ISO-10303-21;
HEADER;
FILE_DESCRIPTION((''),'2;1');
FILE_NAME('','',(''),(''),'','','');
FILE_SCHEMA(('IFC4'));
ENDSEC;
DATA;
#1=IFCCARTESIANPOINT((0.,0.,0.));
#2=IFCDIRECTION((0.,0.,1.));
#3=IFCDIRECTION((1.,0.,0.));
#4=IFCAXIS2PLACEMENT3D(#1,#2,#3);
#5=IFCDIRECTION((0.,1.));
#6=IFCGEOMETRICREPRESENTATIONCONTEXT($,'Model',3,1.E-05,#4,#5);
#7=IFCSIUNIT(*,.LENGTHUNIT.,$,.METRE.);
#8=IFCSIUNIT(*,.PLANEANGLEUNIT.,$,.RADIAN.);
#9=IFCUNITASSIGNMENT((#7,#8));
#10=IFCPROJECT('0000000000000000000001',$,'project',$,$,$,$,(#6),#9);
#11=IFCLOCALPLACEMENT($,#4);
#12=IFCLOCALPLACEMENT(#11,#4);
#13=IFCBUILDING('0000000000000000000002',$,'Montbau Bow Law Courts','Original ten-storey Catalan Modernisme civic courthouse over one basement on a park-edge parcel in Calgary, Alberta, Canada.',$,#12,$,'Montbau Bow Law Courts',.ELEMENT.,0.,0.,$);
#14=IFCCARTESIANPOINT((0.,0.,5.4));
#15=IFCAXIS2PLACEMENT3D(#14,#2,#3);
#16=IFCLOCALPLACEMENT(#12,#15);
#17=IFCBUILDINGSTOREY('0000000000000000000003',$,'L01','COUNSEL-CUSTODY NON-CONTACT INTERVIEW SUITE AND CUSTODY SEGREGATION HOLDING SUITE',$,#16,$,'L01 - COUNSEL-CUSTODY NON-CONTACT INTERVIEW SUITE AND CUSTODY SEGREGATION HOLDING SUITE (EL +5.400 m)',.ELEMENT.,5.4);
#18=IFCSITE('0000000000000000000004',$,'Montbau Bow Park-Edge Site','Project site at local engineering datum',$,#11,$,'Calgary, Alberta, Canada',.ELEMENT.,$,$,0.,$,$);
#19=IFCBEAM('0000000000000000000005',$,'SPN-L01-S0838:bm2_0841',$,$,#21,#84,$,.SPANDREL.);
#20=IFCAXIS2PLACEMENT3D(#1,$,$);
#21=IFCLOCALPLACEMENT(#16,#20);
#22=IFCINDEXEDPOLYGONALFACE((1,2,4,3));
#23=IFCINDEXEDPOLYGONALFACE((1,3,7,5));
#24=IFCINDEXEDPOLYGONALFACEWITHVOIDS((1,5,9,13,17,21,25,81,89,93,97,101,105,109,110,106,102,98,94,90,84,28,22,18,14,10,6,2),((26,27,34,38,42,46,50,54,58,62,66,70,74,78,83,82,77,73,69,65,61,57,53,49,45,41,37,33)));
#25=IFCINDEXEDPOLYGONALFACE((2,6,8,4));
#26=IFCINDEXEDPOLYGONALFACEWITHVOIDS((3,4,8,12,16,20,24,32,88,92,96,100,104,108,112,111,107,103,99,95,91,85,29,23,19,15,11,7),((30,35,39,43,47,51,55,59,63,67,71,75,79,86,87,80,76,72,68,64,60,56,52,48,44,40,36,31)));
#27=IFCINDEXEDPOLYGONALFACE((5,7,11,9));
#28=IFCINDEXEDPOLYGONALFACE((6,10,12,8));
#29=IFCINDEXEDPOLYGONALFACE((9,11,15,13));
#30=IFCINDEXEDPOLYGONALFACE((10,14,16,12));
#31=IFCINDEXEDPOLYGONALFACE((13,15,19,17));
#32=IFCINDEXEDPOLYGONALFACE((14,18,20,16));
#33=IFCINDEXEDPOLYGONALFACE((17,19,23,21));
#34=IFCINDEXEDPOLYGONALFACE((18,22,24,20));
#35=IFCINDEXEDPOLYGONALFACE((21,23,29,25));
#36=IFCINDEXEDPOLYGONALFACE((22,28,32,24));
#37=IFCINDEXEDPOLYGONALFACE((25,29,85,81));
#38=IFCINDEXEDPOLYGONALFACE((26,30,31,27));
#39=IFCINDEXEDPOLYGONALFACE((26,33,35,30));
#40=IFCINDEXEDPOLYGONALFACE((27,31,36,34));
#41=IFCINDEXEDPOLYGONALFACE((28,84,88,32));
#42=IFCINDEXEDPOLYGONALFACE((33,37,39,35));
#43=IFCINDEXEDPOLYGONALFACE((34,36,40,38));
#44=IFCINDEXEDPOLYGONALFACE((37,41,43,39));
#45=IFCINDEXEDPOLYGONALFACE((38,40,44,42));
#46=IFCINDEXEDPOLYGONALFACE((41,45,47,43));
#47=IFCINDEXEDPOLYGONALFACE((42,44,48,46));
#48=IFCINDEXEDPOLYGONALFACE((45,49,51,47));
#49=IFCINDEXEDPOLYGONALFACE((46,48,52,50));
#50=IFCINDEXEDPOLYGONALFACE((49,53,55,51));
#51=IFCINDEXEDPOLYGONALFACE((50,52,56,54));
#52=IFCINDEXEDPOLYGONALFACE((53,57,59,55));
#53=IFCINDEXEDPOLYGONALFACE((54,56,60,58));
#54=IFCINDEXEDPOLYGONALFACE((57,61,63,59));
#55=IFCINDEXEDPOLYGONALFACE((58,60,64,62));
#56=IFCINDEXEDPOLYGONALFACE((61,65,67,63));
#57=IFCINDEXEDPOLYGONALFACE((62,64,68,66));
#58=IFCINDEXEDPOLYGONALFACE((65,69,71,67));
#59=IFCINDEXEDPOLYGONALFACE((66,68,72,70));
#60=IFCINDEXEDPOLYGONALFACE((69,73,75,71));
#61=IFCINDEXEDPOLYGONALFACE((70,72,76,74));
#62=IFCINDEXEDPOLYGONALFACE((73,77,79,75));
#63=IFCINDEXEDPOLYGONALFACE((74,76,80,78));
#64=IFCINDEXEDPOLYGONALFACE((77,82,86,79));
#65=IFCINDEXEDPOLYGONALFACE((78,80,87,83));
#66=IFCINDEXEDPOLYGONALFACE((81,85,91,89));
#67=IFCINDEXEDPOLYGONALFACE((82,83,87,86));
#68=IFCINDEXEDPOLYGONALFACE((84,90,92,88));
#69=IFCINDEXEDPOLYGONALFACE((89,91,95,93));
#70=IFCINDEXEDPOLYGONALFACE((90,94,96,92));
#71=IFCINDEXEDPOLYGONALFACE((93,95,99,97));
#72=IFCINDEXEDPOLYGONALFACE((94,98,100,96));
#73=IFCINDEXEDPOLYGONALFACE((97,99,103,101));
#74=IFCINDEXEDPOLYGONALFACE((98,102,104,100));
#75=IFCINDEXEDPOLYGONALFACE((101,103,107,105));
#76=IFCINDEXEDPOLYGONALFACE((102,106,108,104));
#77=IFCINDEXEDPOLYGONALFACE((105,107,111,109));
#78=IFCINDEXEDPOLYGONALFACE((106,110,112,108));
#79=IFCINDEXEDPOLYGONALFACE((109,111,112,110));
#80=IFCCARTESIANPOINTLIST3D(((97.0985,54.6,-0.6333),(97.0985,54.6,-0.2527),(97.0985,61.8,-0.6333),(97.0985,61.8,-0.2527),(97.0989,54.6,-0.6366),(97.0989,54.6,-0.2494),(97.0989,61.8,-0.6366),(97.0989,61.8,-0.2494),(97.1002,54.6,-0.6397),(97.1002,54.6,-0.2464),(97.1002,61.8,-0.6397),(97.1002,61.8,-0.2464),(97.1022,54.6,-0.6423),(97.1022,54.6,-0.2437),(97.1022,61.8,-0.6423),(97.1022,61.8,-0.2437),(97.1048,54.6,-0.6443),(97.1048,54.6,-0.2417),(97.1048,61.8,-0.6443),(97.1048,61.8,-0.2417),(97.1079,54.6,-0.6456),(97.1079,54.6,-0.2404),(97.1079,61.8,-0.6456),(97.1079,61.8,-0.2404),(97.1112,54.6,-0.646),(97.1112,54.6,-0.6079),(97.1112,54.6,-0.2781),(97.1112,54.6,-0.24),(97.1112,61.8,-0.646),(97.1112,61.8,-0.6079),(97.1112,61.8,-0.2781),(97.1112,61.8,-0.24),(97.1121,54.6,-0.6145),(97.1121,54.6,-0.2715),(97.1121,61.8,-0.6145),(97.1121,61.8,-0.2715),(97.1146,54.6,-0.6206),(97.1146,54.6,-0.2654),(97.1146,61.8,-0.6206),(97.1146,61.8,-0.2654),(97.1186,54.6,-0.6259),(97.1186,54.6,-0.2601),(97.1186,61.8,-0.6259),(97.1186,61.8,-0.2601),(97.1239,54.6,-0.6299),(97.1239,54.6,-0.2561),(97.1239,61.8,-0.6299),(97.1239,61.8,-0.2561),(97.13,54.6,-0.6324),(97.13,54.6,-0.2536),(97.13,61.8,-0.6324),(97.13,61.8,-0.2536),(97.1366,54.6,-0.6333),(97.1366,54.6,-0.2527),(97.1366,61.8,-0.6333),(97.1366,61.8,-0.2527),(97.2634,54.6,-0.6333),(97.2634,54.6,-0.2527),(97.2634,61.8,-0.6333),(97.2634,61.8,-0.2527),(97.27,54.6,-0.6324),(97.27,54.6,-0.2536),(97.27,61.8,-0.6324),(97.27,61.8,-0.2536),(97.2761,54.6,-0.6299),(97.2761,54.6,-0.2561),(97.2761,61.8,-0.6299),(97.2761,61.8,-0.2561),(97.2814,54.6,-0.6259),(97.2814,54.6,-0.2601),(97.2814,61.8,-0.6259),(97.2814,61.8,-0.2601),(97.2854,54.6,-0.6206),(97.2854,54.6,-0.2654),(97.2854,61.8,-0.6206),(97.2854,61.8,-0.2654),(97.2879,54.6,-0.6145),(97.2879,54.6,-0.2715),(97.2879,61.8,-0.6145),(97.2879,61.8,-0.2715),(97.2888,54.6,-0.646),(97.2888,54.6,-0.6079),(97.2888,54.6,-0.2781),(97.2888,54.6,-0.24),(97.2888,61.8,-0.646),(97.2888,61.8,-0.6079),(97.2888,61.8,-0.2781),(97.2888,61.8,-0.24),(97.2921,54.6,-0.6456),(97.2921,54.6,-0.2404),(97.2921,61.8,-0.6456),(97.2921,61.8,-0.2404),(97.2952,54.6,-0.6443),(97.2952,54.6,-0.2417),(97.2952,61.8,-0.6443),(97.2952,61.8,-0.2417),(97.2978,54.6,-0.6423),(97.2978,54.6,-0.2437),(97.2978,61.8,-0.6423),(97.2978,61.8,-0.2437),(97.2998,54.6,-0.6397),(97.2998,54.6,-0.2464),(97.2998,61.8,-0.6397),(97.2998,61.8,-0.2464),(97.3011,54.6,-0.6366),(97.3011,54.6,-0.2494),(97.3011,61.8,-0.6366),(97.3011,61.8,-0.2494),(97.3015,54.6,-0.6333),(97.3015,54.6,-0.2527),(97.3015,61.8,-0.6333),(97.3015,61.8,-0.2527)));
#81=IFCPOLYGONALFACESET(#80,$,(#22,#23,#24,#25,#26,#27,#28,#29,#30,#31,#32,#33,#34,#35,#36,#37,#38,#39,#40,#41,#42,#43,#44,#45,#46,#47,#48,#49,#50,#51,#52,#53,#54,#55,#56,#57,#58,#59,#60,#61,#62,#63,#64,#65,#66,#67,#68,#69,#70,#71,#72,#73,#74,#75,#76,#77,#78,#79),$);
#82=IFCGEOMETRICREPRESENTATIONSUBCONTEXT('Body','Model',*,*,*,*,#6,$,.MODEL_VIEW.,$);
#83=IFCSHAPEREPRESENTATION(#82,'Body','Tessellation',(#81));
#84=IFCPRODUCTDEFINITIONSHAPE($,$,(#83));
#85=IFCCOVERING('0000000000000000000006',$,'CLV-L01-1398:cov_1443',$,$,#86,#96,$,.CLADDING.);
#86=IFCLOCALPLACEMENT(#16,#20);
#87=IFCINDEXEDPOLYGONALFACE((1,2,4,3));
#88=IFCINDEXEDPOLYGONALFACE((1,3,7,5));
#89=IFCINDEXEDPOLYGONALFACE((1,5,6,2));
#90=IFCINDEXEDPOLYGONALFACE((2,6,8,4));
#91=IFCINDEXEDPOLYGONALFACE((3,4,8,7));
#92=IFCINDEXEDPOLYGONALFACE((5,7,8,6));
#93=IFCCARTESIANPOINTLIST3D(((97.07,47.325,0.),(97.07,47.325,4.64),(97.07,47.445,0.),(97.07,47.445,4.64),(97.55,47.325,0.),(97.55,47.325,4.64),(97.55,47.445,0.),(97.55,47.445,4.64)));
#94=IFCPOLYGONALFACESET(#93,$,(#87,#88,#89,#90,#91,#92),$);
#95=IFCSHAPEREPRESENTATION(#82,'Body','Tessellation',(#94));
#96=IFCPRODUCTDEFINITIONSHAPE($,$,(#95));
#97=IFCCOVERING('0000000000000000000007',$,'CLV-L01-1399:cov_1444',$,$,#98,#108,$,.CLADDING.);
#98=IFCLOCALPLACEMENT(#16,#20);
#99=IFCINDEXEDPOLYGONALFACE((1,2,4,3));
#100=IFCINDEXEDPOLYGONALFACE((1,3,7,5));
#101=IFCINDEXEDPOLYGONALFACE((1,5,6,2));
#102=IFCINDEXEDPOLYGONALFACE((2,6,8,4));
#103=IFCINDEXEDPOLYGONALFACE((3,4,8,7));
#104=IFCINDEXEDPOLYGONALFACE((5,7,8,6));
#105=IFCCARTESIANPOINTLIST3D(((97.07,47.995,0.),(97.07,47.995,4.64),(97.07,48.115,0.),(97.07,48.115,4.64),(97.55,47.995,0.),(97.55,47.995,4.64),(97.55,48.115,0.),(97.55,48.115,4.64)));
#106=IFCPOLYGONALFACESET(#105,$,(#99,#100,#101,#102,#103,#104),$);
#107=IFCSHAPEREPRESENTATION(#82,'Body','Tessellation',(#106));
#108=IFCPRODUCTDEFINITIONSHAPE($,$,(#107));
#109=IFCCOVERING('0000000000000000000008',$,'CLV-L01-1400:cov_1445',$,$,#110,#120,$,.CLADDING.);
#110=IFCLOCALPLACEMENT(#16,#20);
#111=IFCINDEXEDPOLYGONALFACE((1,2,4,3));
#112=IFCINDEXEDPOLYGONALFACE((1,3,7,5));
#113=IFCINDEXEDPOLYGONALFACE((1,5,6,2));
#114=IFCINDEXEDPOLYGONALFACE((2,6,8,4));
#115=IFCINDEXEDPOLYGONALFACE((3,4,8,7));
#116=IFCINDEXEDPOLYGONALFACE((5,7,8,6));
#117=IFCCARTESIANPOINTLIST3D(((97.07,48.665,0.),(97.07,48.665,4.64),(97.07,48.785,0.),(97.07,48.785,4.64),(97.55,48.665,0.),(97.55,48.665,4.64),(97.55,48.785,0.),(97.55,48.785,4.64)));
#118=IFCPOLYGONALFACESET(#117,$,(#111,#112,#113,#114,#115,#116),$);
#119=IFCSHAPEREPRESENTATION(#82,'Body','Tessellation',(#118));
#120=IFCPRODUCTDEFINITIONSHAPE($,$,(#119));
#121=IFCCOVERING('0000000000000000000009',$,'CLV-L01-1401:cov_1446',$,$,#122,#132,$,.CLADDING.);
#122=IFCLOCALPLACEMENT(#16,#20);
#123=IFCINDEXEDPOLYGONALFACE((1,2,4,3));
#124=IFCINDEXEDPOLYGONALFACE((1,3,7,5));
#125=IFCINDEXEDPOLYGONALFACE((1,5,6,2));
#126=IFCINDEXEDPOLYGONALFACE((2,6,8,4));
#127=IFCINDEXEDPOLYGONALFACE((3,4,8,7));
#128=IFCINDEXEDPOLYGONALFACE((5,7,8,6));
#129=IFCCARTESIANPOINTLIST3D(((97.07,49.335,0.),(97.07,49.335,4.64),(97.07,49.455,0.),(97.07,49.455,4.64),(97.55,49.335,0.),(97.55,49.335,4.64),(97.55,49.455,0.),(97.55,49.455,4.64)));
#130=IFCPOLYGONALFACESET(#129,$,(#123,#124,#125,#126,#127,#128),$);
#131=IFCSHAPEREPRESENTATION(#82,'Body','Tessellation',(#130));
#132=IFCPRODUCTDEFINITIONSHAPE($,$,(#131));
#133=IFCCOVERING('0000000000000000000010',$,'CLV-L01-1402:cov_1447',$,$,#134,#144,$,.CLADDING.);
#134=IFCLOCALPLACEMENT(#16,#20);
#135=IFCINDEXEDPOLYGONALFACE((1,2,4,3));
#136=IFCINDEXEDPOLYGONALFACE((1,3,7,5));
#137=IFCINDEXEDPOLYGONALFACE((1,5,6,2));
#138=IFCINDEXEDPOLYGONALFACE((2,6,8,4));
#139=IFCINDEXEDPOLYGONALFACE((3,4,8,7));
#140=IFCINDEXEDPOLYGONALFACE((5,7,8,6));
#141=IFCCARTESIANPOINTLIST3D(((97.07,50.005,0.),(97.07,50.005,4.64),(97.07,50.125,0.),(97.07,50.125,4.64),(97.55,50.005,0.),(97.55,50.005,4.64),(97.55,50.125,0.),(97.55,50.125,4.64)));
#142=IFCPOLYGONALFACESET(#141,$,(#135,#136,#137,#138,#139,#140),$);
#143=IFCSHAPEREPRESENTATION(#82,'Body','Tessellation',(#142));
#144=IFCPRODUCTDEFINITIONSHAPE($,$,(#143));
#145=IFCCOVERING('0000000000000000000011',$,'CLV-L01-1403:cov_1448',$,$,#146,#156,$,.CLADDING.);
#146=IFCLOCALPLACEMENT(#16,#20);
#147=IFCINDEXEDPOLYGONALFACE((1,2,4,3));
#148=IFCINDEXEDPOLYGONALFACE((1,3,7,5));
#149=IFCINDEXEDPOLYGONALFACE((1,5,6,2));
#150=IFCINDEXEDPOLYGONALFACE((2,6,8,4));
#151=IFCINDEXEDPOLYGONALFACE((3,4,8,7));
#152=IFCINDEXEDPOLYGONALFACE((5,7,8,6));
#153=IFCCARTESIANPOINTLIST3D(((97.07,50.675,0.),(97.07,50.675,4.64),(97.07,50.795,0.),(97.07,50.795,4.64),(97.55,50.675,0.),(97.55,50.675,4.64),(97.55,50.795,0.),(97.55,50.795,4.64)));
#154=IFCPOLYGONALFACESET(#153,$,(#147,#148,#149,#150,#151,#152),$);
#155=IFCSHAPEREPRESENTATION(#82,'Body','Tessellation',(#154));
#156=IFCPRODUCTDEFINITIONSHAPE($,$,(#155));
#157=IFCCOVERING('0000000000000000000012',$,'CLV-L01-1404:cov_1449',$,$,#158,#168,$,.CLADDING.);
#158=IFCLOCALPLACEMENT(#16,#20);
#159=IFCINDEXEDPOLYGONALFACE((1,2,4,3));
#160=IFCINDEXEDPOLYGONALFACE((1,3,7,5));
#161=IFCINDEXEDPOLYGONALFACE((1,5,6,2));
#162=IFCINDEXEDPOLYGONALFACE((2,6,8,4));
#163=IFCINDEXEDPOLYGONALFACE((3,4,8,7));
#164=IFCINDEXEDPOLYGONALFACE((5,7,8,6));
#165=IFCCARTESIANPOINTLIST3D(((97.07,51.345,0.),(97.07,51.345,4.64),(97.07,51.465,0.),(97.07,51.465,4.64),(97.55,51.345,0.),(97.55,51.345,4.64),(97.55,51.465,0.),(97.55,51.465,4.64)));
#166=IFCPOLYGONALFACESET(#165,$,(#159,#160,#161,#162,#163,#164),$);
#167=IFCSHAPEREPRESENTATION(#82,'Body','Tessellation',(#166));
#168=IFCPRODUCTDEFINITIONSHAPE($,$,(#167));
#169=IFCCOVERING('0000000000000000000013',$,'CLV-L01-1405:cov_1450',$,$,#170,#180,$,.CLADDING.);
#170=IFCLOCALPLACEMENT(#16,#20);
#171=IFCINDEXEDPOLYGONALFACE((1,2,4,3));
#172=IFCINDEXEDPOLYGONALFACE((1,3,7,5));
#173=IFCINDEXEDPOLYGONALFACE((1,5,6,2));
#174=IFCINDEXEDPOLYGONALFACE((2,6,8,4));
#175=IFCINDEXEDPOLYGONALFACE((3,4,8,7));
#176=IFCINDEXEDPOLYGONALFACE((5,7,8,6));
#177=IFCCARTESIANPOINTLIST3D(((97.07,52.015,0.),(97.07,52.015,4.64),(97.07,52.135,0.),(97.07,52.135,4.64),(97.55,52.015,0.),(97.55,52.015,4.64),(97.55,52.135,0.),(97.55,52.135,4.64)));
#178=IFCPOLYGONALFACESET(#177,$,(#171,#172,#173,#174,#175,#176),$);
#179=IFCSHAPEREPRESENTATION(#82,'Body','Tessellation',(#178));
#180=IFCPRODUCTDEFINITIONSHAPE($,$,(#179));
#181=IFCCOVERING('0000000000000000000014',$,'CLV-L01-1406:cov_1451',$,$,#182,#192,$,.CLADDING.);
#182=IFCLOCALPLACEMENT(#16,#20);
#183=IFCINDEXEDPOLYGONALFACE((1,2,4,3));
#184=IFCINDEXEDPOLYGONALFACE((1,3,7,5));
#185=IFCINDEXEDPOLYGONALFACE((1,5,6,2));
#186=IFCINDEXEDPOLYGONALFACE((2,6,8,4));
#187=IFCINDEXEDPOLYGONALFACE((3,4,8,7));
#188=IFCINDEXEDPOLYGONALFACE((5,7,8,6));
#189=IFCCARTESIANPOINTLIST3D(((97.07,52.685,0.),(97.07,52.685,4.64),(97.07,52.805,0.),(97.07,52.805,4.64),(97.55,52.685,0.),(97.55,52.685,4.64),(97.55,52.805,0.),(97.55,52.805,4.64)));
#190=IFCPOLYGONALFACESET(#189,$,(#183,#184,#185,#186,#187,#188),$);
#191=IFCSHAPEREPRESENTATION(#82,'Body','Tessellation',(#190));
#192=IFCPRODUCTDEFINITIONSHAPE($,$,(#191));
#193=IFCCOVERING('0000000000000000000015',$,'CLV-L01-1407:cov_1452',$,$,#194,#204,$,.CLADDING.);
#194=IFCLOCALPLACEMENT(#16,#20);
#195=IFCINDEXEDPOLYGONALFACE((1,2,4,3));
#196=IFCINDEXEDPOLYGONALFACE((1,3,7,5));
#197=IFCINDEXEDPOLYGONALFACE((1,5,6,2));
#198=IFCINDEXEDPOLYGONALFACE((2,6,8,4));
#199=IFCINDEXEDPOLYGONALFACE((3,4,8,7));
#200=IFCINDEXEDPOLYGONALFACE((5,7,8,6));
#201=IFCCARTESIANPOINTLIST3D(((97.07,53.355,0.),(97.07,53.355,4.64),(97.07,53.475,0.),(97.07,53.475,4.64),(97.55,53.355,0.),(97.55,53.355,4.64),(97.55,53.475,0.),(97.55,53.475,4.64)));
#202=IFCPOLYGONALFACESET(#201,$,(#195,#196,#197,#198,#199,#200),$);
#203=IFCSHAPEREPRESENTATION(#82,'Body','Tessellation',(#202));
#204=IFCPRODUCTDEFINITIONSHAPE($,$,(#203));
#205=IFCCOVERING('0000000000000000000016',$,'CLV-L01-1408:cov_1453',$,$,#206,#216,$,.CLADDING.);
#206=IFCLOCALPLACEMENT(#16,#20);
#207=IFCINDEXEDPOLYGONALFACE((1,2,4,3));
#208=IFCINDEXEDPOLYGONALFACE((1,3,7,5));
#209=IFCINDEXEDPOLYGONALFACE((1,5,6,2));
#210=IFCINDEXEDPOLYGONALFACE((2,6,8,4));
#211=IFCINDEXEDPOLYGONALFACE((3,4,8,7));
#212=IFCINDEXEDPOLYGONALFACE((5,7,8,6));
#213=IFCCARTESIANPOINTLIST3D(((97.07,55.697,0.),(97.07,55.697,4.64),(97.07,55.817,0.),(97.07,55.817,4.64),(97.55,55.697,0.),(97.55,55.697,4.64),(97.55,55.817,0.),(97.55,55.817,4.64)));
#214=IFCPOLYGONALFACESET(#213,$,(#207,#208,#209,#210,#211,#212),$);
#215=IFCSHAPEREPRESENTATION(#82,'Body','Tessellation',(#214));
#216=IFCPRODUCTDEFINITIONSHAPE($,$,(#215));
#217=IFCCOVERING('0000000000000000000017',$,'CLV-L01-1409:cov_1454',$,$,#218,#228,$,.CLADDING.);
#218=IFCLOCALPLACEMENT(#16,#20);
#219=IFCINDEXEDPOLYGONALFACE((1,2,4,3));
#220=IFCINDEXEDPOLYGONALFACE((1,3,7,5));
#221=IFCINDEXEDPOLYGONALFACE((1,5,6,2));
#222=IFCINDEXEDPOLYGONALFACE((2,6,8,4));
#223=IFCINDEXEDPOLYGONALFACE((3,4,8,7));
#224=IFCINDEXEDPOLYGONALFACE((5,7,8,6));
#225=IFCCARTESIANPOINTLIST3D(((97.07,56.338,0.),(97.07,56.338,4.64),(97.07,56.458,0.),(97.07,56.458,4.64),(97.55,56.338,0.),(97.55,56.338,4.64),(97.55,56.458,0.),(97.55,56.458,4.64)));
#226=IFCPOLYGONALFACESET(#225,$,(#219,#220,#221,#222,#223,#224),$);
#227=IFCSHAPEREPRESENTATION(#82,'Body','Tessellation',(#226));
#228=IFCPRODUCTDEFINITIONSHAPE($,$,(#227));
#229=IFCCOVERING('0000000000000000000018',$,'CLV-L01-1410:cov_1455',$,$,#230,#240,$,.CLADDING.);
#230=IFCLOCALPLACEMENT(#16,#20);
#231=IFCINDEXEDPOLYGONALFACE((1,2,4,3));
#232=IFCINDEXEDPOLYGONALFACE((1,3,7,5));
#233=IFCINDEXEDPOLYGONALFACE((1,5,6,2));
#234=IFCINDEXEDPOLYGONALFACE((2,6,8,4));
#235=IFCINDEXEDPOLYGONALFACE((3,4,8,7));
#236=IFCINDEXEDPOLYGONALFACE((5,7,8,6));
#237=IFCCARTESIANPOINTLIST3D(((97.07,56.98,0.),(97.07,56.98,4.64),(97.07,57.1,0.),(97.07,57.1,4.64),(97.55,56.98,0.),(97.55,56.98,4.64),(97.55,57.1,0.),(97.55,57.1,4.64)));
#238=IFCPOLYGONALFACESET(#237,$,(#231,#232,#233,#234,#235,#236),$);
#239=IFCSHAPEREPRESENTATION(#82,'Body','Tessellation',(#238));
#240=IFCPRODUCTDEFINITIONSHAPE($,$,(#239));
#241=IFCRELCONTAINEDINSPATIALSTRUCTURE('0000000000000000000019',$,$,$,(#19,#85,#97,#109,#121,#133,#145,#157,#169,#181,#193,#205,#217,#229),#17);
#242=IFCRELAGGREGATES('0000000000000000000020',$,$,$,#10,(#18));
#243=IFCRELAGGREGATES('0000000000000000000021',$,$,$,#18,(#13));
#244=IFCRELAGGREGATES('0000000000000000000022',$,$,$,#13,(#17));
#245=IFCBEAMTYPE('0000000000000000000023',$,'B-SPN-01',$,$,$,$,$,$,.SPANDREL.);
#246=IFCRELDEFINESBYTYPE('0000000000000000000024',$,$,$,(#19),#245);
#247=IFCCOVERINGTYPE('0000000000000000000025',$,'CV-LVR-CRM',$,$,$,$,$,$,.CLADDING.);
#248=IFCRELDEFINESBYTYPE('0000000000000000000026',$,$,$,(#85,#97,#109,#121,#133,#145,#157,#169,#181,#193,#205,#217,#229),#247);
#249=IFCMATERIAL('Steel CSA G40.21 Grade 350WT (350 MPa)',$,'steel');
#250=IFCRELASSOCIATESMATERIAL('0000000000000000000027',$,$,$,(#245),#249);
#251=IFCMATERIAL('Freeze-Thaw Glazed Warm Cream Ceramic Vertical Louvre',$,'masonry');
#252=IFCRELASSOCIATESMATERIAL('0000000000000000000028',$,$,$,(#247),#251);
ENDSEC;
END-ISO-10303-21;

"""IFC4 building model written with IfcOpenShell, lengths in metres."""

from ifc_helpers import new_model, si_unit, direction, frame, frame_2d, origin_with_axes, origin_2d_with_axis, place, context, subcontext, project, spatial, rectangle, hollow_rectangle, extrude, material, material_profile, profile_set, type_object, element, save


model = new_model("IFC4")

# Units and contexts
model_context = context("Model", 3, precision=1e-05, world=origin_with_axes(), true_north=direction((0.0, 1.0)))
body_context = subcontext(model_context, "Body", "Model", "MODEL_VIEW")
ifc_project = project(units=[si_unit("LENGTHUNIT", "METRE"), si_unit("PLANEANGLEUNIT", "RADIAN")], contexts=[model_context])

# Site, building, storey
site_placement = place(None, origin_with_axes())
site = spatial("IfcSite", under=ifc_project, at=site_placement, Name="Montbau Bow Park-Edge Site", Description="Project site at local engineering datum", LongName="Calgary, Alberta, Canada", CompositionType="ELEMENT", RefElevation=0.0)
building_placement = place(site_placement, origin_with_axes())
building = spatial("IfcBuilding", under=site, at=building_placement, Name="Montbau Bow Law Courts", Description="Original ten-storey Catalan Modernisme civic courthouse over one basement on a park-edge parcel in Calgary, Alberta, Canada.", LongName="Montbau Bow Law Courts", CompositionType="ELEMENT", ElevationOfRefHeight=0.0, ElevationOfTerrain=0.0)
storey_placement = place(building_placement, frame((0.0, 0.0, 5.4), z_axis=(0.0, 0.0, 1.0), x_axis=(1.0, 0.0, 0.0)))
storey = spatial("IfcBuildingStorey", under=building, at=storey_placement, Name="L01", Description="COUNSEL-CUSTODY NON-CONTACT INTERVIEW SUITE AND CUSTODY SEGREGATION HOLDING SUITE", LongName="L01 - COUNSEL-CUSTODY NON-CONTACT INTERVIEW SUITE AND CUSTODY SEGREGATION HOLDING SUITE (EL +5.400 m)", CompositionType="ELEMENT", Elevation=5.4)

# Shared definitions
ifc_material_1 = material(Name="Steel CSA G40.21 Grade 350WT (350 MPa)", Category="steel")

# Beam
ifc_material_profile_1 = material_profile(ifc_material_1, hollow_rectangle(XDim=0.203, YDim=0.406, WallThickness=0.0127, InnerFilletRadius=0.0254, OuterFilletRadius=0.0127, at=origin_2d_with_axis()), Name="HSS406X203X13", Category="Main", Priority=0)
ifc_profile_set_1 = profile_set([ifc_material_profile_1], Name="Steel CSA G40.21 Grade 350WT (350 MPa)")
beam_type = type_object("IfcBeamType", Name="B-SPN-01", PredefinedType="SPANDREL", material=ifc_profile_set_1)
beam_placement = place(None, frame((97.2, 54.6, 4.957), z_axis=(0.0, 1.0, 0.0), x_axis=(-1.0, 0.0, 0.0)))
element("IfcBeam", 1, at=beam_placement, inside=storey, type_object=beam_type, Name="SPN-L01-S0838:bm2_0841", PredefinedType="SPANDREL", context=body_context, shape_type="SweptSolid", body=[
    extrude(hollow_rectangle(XDim=0.203, YDim=0.406, WallThickness=0.0127, InnerFilletRadius=0.0254, OuterFilletRadius=0.0127, at=origin_2d_with_axis()), origin_with_axes(), (0.0, 0.0, 1.0), 7.2),
])

# Coverings
ifc_material_2 = material(Name="Freeze-Thaw Glazed Warm Cream Ceramic Vertical Louvre", Category="masonry")
covering_type = type_object("IfcCoveringType", Name="CV-LVR-CRM", PredefinedType="CLADDING", material=ifc_material_2)
for number, where, z_axis, x_axis, name in (
    (2, (97.07, 47.385, 5.4), (0.0, -1.0, 0.0), (1.0, 0.0, 0.0), "CLV-L01-1398:cov_1443"),
    (3, (97.07, 48.055, 5.4), (0.0, -1.0, 0.0), (1.0, 0.0, 0.0), "CLV-L01-1399:cov_1444"),
    (4, (97.07, 48.725, 5.4), (0.0, -1.0, 0.0), (1.0, 0.0, 0.0), "CLV-L01-1400:cov_1445"),
    (5, (97.07, 49.395, 5.4), (0.0, -1.0, 0.0), (1.0, 0.0, 0.0), "CLV-L01-1401:cov_1446"),
    (6, (97.07, 50.065, 5.4), (0.0, -1.0, 0.0), (1.0, 0.0, 0.0), "CLV-L01-1402:cov_1447"),
    (7, (97.07, 50.735, 5.4), (0.0, -1.0, 0.0), (1.0, 0.0, 0.0), "CLV-L01-1403:cov_1448"),
    (8, (97.07, 51.405, 5.4), (0.0, -1.0, 0.0), (1.0, 0.0, 0.0), "CLV-L01-1404:cov_1449"),
    (9, (97.07, 52.075, 5.4), (0.0, -1.0, 0.0), (1.0, 0.0, 0.0), "CLV-L01-1405:cov_1450"),
    (10, (97.07, 52.745, 5.4), (0.0, -1.0, 0.0), (1.0, 0.0, 0.0), "CLV-L01-1406:cov_1451"),
    (11, (97.07, 53.415, 5.4), (0.0, -1.0, 0.0), (1.0, 0.0, 0.0), "CLV-L01-1407:cov_1452"),
    (12, (97.07, 55.757, 5.4), (0.0, -1.0, 0.0), (1.0, 0.0, 0.0), "CLV-L01-1408:cov_1453"),
    (13, (97.07, 56.398, 5.4), (0.0, -1.0, 0.0), (1.0, 0.0, 0.0), "CLV-L01-1409:cov_1454"),
    (14, (97.07, 57.04, 5.4), (0.0, -1.0, 0.0), (1.0, 0.0, 0.0), "CLV-L01-1410:cov_1455"),
):
    element("IfcCovering", number, at=place(None, frame(where, z_axis=z_axis, x_axis=x_axis)), inside=storey, type_object=covering_type, Name=name, PredefinedType="CLADDING", context=body_context, shape_type="SweptSolid", body=[
        extrude(rectangle(XDim=0.48, YDim=4.64, at=frame_2d((0.24, 2.32), x_axis=(1.0, 0.0))), frame((0.0, 0.0, -0.06), z_axis=(0.0, 0.0, 1.0), x_axis=(1.0, 0.0, 0.0)), (0.0, 0.0, 1.0), 0.12),
    ])

save(model, "model.ifc")
